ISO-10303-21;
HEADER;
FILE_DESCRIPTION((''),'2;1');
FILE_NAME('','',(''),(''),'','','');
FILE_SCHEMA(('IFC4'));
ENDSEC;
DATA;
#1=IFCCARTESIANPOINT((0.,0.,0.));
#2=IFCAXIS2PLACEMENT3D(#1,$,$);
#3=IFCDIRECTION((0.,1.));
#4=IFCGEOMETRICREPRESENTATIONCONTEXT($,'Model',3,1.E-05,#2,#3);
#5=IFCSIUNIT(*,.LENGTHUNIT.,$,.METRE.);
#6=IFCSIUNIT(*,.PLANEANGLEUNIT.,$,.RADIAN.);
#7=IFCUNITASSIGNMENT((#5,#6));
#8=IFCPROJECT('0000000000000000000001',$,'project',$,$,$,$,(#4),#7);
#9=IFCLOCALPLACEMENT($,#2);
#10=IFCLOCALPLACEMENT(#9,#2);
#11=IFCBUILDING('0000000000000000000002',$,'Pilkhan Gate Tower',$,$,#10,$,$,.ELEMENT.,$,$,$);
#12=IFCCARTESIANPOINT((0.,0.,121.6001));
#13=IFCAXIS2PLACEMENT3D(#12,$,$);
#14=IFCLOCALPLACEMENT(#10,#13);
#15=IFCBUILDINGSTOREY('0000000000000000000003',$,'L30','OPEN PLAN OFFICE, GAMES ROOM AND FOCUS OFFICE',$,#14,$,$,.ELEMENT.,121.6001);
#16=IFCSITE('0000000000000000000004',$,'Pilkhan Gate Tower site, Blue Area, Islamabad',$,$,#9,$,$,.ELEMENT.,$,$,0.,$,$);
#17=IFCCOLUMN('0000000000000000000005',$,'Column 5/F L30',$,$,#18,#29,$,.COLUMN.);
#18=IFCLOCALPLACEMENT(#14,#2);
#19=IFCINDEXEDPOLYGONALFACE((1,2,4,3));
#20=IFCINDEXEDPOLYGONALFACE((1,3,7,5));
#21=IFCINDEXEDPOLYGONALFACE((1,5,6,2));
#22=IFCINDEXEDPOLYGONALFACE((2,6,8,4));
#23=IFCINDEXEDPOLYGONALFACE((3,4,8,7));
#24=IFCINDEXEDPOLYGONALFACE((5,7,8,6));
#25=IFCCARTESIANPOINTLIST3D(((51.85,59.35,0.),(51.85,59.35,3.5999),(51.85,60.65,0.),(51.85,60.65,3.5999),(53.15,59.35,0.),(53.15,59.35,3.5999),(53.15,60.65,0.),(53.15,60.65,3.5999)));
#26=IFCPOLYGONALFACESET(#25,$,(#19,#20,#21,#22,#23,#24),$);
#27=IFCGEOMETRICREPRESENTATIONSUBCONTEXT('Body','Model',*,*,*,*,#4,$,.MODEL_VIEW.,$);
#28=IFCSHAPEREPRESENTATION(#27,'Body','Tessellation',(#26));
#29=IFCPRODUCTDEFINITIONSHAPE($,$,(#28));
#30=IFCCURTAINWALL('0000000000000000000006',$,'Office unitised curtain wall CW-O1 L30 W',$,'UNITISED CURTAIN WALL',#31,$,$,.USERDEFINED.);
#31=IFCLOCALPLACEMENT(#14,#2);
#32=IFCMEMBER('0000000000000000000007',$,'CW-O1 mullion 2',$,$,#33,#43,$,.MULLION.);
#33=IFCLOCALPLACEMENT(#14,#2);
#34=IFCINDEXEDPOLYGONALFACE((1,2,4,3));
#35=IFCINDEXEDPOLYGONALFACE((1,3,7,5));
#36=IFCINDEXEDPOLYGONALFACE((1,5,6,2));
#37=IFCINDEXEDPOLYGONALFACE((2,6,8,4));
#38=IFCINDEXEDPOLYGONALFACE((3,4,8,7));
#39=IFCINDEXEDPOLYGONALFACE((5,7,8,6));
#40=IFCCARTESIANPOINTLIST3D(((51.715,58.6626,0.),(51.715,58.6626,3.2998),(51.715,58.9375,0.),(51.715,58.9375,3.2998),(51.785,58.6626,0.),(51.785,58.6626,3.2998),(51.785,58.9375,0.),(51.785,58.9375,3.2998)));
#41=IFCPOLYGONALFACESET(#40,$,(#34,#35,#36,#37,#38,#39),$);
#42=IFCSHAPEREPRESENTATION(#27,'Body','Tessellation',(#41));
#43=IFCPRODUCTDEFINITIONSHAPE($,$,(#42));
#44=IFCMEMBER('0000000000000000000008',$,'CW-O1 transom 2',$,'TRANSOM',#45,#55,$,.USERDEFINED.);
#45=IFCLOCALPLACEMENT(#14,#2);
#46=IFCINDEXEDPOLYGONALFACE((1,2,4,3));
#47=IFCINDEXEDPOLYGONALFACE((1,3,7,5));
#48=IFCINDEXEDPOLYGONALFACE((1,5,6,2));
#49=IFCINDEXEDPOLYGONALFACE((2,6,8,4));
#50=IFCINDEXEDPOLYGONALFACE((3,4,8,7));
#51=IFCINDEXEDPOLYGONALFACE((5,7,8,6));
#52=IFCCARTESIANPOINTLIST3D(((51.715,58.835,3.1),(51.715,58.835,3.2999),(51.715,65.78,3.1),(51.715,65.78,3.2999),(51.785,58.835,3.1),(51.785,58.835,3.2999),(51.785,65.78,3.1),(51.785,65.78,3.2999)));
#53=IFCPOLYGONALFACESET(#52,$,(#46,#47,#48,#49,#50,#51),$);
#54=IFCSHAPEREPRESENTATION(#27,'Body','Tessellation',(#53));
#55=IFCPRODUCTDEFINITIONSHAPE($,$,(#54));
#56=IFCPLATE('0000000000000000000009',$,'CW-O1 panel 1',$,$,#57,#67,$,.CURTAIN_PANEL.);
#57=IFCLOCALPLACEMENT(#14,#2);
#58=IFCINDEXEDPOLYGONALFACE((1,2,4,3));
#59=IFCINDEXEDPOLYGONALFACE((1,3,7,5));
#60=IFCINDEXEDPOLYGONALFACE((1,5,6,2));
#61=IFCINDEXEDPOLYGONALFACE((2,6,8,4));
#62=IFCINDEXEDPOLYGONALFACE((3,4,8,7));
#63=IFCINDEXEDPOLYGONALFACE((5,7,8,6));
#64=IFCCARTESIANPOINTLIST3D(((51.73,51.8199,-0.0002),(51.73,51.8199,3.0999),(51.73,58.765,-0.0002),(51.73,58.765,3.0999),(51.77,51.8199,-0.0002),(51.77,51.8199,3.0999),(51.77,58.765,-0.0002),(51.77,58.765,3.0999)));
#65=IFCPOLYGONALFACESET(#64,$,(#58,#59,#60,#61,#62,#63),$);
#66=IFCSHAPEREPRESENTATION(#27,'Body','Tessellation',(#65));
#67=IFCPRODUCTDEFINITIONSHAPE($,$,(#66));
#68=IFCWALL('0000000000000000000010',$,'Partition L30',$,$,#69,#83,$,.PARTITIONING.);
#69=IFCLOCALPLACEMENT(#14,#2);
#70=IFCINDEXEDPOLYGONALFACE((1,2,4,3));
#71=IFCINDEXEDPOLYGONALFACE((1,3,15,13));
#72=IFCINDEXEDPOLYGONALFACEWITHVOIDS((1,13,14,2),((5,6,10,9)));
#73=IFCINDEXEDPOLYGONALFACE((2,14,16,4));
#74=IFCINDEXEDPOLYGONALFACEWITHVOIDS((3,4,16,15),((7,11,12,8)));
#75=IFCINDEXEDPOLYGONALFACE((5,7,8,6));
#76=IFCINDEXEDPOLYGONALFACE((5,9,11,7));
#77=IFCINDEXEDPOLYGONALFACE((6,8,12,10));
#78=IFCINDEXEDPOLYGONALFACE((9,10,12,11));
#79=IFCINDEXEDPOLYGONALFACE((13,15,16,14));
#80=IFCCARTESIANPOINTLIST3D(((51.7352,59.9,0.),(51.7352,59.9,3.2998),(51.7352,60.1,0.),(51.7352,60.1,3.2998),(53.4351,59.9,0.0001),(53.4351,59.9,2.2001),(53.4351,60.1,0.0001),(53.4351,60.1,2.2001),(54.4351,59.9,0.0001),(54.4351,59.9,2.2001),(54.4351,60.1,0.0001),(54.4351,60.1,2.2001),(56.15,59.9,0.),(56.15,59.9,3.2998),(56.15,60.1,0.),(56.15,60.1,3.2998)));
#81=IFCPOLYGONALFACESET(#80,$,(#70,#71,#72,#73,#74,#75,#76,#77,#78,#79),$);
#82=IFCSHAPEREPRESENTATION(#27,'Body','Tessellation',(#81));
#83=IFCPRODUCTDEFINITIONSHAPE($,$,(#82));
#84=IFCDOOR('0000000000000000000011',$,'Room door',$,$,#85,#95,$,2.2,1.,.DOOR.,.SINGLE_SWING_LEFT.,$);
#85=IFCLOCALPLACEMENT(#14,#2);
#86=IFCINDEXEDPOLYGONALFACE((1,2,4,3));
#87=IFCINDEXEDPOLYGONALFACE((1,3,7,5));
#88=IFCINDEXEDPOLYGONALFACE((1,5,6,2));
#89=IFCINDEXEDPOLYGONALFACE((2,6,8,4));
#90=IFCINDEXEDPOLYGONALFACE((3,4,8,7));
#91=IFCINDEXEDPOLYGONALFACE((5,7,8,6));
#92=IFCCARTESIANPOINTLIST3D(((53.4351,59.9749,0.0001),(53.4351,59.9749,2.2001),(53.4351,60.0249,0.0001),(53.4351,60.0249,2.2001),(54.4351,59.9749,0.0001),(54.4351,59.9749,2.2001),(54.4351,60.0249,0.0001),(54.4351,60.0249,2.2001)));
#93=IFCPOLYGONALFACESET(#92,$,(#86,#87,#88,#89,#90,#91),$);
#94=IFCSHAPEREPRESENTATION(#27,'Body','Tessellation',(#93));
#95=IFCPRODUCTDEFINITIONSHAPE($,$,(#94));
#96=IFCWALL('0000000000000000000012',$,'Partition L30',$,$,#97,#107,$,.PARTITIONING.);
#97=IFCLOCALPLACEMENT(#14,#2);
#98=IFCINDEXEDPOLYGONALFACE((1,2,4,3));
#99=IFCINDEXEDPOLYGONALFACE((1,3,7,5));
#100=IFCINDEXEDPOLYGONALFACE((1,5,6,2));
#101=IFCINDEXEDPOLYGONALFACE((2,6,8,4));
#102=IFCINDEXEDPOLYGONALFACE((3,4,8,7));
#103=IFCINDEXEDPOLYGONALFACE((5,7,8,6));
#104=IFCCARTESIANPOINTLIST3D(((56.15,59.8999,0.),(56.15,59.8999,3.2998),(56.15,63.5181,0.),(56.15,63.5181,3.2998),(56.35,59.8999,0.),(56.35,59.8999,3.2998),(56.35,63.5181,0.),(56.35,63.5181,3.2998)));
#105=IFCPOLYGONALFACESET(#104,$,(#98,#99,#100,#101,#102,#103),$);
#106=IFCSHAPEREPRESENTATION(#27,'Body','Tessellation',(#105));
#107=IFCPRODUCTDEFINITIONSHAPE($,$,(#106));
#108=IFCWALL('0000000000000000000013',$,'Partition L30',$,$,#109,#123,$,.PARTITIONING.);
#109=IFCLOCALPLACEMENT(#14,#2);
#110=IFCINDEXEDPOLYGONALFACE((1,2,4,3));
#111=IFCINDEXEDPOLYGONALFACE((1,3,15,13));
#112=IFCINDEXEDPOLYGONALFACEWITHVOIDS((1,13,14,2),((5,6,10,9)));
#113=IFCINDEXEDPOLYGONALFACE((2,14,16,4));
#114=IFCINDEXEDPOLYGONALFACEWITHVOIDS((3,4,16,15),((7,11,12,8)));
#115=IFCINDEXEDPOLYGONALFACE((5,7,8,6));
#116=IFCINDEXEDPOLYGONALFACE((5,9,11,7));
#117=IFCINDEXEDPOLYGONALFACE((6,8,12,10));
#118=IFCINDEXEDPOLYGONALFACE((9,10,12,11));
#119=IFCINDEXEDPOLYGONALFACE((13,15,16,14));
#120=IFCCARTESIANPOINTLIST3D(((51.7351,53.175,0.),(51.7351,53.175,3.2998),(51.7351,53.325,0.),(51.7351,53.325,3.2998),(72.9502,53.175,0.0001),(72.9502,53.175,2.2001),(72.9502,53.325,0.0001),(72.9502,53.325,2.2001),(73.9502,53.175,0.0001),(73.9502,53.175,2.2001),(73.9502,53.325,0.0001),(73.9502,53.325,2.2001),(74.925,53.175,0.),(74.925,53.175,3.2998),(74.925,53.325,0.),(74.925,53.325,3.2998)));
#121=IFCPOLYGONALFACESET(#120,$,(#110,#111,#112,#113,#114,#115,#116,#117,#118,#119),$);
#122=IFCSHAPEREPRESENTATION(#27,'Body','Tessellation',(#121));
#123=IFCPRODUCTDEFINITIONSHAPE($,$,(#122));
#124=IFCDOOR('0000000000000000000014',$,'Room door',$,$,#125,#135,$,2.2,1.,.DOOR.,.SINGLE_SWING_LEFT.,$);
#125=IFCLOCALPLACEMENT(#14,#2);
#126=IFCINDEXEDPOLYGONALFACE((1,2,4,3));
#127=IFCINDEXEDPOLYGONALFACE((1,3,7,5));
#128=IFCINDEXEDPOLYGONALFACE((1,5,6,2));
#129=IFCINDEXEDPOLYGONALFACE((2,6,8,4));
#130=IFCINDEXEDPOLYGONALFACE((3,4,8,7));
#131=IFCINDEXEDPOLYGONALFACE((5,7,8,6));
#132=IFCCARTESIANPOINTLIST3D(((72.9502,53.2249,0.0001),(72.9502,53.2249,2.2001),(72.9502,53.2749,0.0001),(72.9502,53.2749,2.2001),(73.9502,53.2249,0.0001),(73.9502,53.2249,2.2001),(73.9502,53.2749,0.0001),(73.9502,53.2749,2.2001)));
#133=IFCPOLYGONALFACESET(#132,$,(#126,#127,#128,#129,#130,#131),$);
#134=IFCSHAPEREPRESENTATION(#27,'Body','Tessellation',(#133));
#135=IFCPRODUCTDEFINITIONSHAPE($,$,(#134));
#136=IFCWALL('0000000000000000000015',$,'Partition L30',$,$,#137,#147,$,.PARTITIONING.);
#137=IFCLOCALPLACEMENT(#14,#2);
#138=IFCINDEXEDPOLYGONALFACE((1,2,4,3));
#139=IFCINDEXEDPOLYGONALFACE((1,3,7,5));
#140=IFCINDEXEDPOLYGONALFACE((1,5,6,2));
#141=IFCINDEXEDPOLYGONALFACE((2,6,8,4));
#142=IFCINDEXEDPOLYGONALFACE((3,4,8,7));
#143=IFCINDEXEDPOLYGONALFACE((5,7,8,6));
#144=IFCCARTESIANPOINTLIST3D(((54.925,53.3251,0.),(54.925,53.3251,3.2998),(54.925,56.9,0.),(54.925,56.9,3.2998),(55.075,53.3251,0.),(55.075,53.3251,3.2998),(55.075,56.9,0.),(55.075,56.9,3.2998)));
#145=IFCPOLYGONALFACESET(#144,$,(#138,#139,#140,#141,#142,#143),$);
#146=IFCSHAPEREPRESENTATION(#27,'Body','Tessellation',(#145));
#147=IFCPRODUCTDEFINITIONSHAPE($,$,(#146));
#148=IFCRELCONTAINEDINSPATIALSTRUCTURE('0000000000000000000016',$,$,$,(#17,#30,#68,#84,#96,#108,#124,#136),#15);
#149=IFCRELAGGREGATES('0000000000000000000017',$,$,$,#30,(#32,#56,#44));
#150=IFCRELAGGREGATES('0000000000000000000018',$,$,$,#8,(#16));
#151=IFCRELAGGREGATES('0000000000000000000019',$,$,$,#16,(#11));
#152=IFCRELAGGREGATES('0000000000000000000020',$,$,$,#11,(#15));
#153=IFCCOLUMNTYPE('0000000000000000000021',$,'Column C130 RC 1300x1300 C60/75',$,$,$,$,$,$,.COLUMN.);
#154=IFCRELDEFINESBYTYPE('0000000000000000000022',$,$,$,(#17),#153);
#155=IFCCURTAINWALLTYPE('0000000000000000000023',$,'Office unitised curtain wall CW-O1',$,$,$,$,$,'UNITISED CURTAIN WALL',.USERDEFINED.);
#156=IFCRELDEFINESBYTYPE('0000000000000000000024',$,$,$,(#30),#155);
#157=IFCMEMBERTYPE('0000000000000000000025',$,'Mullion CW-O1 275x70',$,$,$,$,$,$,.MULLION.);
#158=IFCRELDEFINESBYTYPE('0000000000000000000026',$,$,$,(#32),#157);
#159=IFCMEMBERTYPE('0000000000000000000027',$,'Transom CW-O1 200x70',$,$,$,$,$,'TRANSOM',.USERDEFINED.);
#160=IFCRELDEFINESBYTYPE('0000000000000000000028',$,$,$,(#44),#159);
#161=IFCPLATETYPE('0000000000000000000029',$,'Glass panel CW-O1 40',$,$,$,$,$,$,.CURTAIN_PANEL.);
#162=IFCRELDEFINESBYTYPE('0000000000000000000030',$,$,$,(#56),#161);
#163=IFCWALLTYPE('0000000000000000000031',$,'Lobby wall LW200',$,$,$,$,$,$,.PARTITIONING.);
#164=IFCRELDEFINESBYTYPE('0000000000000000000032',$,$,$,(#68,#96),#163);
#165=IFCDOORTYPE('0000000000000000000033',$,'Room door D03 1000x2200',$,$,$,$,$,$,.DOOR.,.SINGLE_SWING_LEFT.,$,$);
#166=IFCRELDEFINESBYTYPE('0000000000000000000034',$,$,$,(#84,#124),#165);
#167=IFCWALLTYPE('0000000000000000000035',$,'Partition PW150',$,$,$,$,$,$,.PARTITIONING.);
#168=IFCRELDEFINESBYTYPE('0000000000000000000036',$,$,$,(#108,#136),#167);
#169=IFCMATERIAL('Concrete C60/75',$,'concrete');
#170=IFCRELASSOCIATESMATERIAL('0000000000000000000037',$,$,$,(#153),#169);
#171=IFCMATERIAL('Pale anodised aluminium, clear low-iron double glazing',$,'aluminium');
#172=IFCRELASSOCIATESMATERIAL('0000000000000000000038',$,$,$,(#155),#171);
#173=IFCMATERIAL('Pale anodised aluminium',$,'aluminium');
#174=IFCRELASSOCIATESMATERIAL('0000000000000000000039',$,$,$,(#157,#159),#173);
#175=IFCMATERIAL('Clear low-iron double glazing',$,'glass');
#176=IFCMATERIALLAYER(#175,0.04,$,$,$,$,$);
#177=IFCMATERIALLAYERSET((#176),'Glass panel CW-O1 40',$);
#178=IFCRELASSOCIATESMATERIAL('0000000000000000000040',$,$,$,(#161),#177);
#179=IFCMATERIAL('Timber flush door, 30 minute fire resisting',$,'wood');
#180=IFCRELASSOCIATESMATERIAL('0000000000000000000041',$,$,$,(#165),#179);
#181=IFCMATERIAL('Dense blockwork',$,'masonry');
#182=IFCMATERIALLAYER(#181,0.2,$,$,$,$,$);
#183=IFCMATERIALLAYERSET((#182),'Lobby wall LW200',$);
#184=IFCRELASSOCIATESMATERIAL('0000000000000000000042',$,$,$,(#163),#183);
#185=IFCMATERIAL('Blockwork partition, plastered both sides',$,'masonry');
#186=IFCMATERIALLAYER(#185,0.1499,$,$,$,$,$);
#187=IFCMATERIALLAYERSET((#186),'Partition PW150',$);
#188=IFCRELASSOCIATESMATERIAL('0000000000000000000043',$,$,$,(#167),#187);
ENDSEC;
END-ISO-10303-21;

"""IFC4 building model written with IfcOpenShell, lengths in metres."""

from ifc_helpers import new_model, si_unit, direction, frame, frame_2d, origin, origin_2d, place, context, subcontext, project, spatial, rectangle, extrude, material, layer, layer_set, material_profile, profile_set, type_object, element, fill, aggregate, save


model = new_model("IFC4")

# Units and contexts
model_context = context("Model", 3, precision=1e-05, world=origin(), true_north=direction((0.0, 1.0)))
body_context = subcontext(model_context, "Body", "Model", "MODEL_VIEW")
ifc_project = project(units=[si_unit("LENGTHUNIT", "METRE"), si_unit("PLANEANGLEUNIT", "RADIAN")], contexts=[model_context])

# Site, building, storey
site_placement = place(None, origin())
site = spatial("IfcSite", under=ifc_project, at=site_placement, Name="Pilkhan Gate Tower site, Blue Area, Islamabad", CompositionType="ELEMENT", RefElevation=0.0)
building_placement = place(site_placement, origin())
building = spatial("IfcBuilding", under=site, at=building_placement, Name="Pilkhan Gate Tower", CompositionType="ELEMENT")
storey_placement = place(building_placement, frame((0.0, 0.0, 121.6001)))
storey = spatial("IfcBuildingStorey", under=building, at=storey_placement, Name="L30", Description="OPEN PLAN OFFICE, GAMES ROOM AND FOCUS OFFICE", CompositionType="ELEMENT", Elevation=121.6001)

# Column
ifc_material_1 = material(Name="Concrete C60/75", Category="concrete")
ifc_material_profile_1 = material_profile(ifc_material_1, rectangle(XDim=1.3, YDim=1.3, at=origin_2d()), Name="RC 1300x1300")
ifc_profile_set_1 = profile_set([ifc_material_profile_1], Name="Concrete C60/75")
column_type = type_object("IfcColumnType", Name="Column C130 RC 1300x1300 C60/75", PredefinedType="COLUMN", material=ifc_profile_set_1)
column_placement = place(storey_placement, frame((52.5, 60.0, 0.0), z_axis=(0.0, 0.0, 1.0), x_axis=(1.0, 0.0, 0.0)))
element("IfcColumn", 1, at=column_placement, inside=storey, type_object=column_type, Name="Column 5/F L30", PredefinedType="COLUMN", context=body_context, shape_type="SweptSolid", body=[
    extrude(rectangle(XDim=1.3, YDim=1.3, at=origin_2d()), origin(), (0.0, 0.0, 1.0), 3.5999),
])

# Curtain wall, members, plate
ifc_material_2 = material(Name="Pale anodised aluminium, clear low-iron double glazing", Category="aluminium")
curtain_wall_type = type_object("IfcCurtainWallType", Name="Office unitised curtain wall CW-O1", ElementType="UNITISED CURTAIN WALL", PredefinedType="USERDEFINED", material=ifc_material_2)
curtain_wall_placement = place(storey_placement, origin())
curtain_wall = element("IfcCurtainWall", 2, at=curtain_wall_placement, inside=storey, type_object=curtain_wall_type, Name="Office unitised curtain wall CW-O1 L30 W", ObjectType="UNITISED CURTAIN WALL", PredefinedType="USERDEFINED")
ifc_material_3 = material(Name="Pale anodised aluminium", Category="aluminium")
ifc_material_profile_2 = material_profile(ifc_material_3, rectangle(XDim=0.0701, YDim=0.2749, at=origin_2d()), Name="Mullion 275x70")
ifc_profile_set_2 = profile_set([ifc_material_profile_2], Name="Pale anodised aluminium")
member_type_1 = type_object("IfcMemberType", Name="Mullion CW-O1 275x70", PredefinedType="MULLION", material=ifc_profile_set_2)
member_1_placement = place(storey_placement, frame((51.75, 58.8, 0.0), z_axis=(0.0, 0.0, 1.0), x_axis=(-1.0, 0.0, 0.0)))
member_1 = element("IfcMember", 3, at=member_1_placement, type_object=member_type_1, Name="CW-O1 mullion 2", PredefinedType="MULLION", context=body_context, shape_type="SweptSolid", body=[
    extrude(rectangle(XDim=0.0701, YDim=0.2749, at=origin_2d()), origin(), (0.0, 0.0, 1.0), 3.2998),
])
ifc_material_profile_3 = material_profile(ifc_material_3, rectangle(XDim=0.0701, YDim=0.2, at=origin_2d()), Name="Transom 200x70")
ifc_profile_set_3 = profile_set([ifc_material_profile_3], Name="Pale anodised aluminium")
member_type_2 = type_object("IfcMemberType", Name="Transom CW-O1 200x70", ElementType="TRANSOM", PredefinedType="USERDEFINED", material=ifc_profile_set_3)
member_2_placement = place(storey_placement, frame((51.75, 58.835, 3.2), z_axis=(0.0, 1.0, 0.0), x_axis=(-1.0, 0.0, 0.0)))
member_2 = element("IfcMember", 4, at=member_2_placement, type_object=member_type_2, Name="CW-O1 transom 2", ObjectType="TRANSOM", PredefinedType="USERDEFINED", context=body_context, shape_type="SweptSolid", body=[
    extrude(rectangle(XDim=0.0701, YDim=0.2, at=origin_2d()), origin(), (0.0, 0.0, 1.0), 6.9451),
])
ifc_material_4 = material(Name="Clear low-iron double glazing", Category="glass")
ifc_layer_1 = layer(ifc_material_4, 0.04)
ifc_layer_set_1 = layer_set([ifc_layer_1], Name="Glass panel CW-O1 40")
plate_type = type_object("IfcPlateType", Name="Glass panel CW-O1 40", PredefinedType="CURTAIN_PANEL", material=ifc_layer_set_1)
plate_placement = place(storey_placement, frame((51.75, 55.2925, -0.0002), z_axis=(0.0, 0.0, 1.0), x_axis=(0.0, 1.0, 0.0)))
plate = element("IfcPlate", 5, at=plate_placement, type_object=plate_type, Name="CW-O1 panel 1", PredefinedType="CURTAIN_PANEL", context=body_context, shape_type="SweptSolid", body=[
    extrude(rectangle(XDim=6.9451, YDim=0.04, at=origin_2d()), origin(), (0.0, 0.0, 1.0), 3.1001),
])
aggregate(curtain_wall, [member_1, plate, member_2])

# Shared definitions
ifc_material_5 = material(Name="Dense blockwork", Category="masonry")
ifc_material_6 = material(Name="Timber flush door, 30 minute fire resisting", Category="wood")
door_type_1 = type_object("IfcDoorType", Name="Room door D03 1000x2200", OperationType="SINGLE_SWING_LEFT", PredefinedType="DOOR", material=ifc_material_6)

# Wall, opening, door
ifc_layer_2 = layer(ifc_material_5, 0.2)
ifc_layer_set_2 = layer_set([ifc_layer_2], Name="Lobby wall LW200")
wall_type_1 = type_object("IfcWallType", Name="Lobby wall LW200", PredefinedType="PARTITIONING", material=ifc_layer_set_2)
wall_1_placement = place(storey_placement, frame((51.7351, 60.0, 0.0), z_axis=(0.0, 0.0, 1.0), x_axis=(1.0, 0.0, 0.0)))
wall_1 = element("IfcWall", 6, at=wall_1_placement, inside=storey, type_object=wall_type_1, Name="Partition L30", PredefinedType="PARTITIONING", context=body_context, shape_type="SweptSolid", body=[
    extrude(rectangle(XDim=4.4148, YDim=0.2, at=frame_2d((2.2075, 0.0))), origin(), (0.0, 0.0, 1.0), 3.2998),
])
opening_1_placement = place(wall_1_placement, frame((1.7, 0.0, 0.0)))
opening_1 = element("IfcOpeningElement", 7, at=opening_1_placement, cuts=wall_1, PredefinedType="OPENING", context=body_context, shape_type="SweptSolid", body=[
    extrude(rectangle(XDim=1.0, YDim=2.2, at=frame_2d((0.5, 1.1001))), frame((0.0, 0.1099, 0.0), z_axis=(0.0, -1.0, 0.0), x_axis=(1.0, 0.0, 0.0)), (0.0, 0.0, 1.0), 0.22),
])
door_1_placement = place(opening_1_placement, origin())
door_1 = element("IfcDoor", 8, at=door_1_placement, inside=storey, type_object=door_type_1, Name="Room door", OperationType="SINGLE_SWING_LEFT", OverallHeight=2.2, OverallWidth=1.0, PredefinedType="DOOR", context=body_context, shape_type="SweptSolid", body=[
    extrude(rectangle(XDim=1.0, YDim=2.2, at=frame_2d((0.5, 1.1001))), frame((0.0, 0.0249, 0.0), z_axis=(0.0, -1.0, 0.0), x_axis=(1.0, 0.0, 0.0)), (0.0, 0.0, 1.0), 0.05),
])
fill(opening_1, door_1)

# Wall
wall_2_placement = place(storey_placement, frame((56.25, 59.8999, 0.0), z_axis=(0.0, 0.0, 1.0), x_axis=(0.0, 1.0, 0.0)))
element("IfcWall", 9, at=wall_2_placement, inside=storey, type_object=wall_type_1, Name="Partition L30", PredefinedType="PARTITIONING", context=body_context, shape_type="SweptSolid", body=[
    extrude(rectangle(XDim=3.6182, YDim=0.2, at=frame_2d((1.8091, 0.0))), origin(), (0.0, 0.0, 1.0), 3.2998),
])

# Wall, opening, door
ifc_material_7 = material(Name="Blockwork partition, plastered both sides", Category="masonry")
ifc_layer_3 = layer(ifc_material_7, 0.1499)
ifc_layer_set_3 = layer_set([ifc_layer_3], Name="Partition PW150")
wall_type_2 = type_object("IfcWallType", Name="Partition PW150", PredefinedType="PARTITIONING", material=ifc_layer_set_3)
wall_3_placement = place(storey_placement, frame((51.7351, 53.25, 0.0), z_axis=(0.0, 0.0, 1.0), x_axis=(1.0, 0.0, 0.0)))
wall_3 = element("IfcWall", 10, at=wall_3_placement, inside=storey, type_object=wall_type_2, Name="Partition L30", PredefinedType="PARTITIONING", context=body_context, shape_type="SweptSolid", body=[
    extrude(rectangle(XDim=23.1899, YDim=0.1499, at=frame_2d((11.595, 0.0))), origin(), (0.0, 0.0, 1.0), 3.2998),
])
opening_2_placement = place(wall_3_placement, frame((21.2151, 0.0, 0.0)))
opening_2 = element("IfcOpeningElement", 11, at=opening_2_placement, cuts=wall_3, PredefinedType="OPENING", context=body_context, shape_type="SweptSolid", body=[
    extrude(rectangle(XDim=1.0, YDim=2.2, at=frame_2d((0.5, 1.1001))), frame((0.0, 0.085, 0.0), z_axis=(0.0, -1.0, 0.0), x_axis=(1.0, 0.0, 0.0)), (0.0, 0.0, 1.0), 0.1699),
])
door_2_placement = place(opening_2_placement, origin())
door_2 = element("IfcDoor", 12, at=door_2_placement, inside=storey, type_object=door_type_1, Name="Room door", OperationType="SINGLE_SWING_LEFT", OverallHeight=2.2, OverallWidth=1.0, PredefinedType="DOOR", context=body_context, shape_type="SweptSolid", body=[
    extrude(rectangle(XDim=1.0, YDim=2.2, at=frame_2d((0.5, 1.1001))), frame((0.0, 0.0249, 0.0), z_axis=(0.0, -1.0, 0.0), x_axis=(1.0, 0.0, 0.0)), (0.0, 0.0, 1.0), 0.05),
])
fill(opening_2, door_2)

# Wall
wall_4_placement = place(storey_placement, frame((55.0, 53.325, 0.0), z_axis=(0.0, 0.0, 1.0), x_axis=(0.0, 1.0, 0.0)))
element("IfcWall", 13, at=wall_4_placement, inside=storey, type_object=wall_type_2, Name="Partition L30", PredefinedType="PARTITIONING", context=body_context, shape_type="SweptSolid", body=[
    extrude(rectangle(XDim=3.575, YDim=0.1499, at=frame_2d((1.7876, 0.0))), origin(), (0.0, 0.0, 1.0), 3.2998),
])

save(model, "model.ifc")
